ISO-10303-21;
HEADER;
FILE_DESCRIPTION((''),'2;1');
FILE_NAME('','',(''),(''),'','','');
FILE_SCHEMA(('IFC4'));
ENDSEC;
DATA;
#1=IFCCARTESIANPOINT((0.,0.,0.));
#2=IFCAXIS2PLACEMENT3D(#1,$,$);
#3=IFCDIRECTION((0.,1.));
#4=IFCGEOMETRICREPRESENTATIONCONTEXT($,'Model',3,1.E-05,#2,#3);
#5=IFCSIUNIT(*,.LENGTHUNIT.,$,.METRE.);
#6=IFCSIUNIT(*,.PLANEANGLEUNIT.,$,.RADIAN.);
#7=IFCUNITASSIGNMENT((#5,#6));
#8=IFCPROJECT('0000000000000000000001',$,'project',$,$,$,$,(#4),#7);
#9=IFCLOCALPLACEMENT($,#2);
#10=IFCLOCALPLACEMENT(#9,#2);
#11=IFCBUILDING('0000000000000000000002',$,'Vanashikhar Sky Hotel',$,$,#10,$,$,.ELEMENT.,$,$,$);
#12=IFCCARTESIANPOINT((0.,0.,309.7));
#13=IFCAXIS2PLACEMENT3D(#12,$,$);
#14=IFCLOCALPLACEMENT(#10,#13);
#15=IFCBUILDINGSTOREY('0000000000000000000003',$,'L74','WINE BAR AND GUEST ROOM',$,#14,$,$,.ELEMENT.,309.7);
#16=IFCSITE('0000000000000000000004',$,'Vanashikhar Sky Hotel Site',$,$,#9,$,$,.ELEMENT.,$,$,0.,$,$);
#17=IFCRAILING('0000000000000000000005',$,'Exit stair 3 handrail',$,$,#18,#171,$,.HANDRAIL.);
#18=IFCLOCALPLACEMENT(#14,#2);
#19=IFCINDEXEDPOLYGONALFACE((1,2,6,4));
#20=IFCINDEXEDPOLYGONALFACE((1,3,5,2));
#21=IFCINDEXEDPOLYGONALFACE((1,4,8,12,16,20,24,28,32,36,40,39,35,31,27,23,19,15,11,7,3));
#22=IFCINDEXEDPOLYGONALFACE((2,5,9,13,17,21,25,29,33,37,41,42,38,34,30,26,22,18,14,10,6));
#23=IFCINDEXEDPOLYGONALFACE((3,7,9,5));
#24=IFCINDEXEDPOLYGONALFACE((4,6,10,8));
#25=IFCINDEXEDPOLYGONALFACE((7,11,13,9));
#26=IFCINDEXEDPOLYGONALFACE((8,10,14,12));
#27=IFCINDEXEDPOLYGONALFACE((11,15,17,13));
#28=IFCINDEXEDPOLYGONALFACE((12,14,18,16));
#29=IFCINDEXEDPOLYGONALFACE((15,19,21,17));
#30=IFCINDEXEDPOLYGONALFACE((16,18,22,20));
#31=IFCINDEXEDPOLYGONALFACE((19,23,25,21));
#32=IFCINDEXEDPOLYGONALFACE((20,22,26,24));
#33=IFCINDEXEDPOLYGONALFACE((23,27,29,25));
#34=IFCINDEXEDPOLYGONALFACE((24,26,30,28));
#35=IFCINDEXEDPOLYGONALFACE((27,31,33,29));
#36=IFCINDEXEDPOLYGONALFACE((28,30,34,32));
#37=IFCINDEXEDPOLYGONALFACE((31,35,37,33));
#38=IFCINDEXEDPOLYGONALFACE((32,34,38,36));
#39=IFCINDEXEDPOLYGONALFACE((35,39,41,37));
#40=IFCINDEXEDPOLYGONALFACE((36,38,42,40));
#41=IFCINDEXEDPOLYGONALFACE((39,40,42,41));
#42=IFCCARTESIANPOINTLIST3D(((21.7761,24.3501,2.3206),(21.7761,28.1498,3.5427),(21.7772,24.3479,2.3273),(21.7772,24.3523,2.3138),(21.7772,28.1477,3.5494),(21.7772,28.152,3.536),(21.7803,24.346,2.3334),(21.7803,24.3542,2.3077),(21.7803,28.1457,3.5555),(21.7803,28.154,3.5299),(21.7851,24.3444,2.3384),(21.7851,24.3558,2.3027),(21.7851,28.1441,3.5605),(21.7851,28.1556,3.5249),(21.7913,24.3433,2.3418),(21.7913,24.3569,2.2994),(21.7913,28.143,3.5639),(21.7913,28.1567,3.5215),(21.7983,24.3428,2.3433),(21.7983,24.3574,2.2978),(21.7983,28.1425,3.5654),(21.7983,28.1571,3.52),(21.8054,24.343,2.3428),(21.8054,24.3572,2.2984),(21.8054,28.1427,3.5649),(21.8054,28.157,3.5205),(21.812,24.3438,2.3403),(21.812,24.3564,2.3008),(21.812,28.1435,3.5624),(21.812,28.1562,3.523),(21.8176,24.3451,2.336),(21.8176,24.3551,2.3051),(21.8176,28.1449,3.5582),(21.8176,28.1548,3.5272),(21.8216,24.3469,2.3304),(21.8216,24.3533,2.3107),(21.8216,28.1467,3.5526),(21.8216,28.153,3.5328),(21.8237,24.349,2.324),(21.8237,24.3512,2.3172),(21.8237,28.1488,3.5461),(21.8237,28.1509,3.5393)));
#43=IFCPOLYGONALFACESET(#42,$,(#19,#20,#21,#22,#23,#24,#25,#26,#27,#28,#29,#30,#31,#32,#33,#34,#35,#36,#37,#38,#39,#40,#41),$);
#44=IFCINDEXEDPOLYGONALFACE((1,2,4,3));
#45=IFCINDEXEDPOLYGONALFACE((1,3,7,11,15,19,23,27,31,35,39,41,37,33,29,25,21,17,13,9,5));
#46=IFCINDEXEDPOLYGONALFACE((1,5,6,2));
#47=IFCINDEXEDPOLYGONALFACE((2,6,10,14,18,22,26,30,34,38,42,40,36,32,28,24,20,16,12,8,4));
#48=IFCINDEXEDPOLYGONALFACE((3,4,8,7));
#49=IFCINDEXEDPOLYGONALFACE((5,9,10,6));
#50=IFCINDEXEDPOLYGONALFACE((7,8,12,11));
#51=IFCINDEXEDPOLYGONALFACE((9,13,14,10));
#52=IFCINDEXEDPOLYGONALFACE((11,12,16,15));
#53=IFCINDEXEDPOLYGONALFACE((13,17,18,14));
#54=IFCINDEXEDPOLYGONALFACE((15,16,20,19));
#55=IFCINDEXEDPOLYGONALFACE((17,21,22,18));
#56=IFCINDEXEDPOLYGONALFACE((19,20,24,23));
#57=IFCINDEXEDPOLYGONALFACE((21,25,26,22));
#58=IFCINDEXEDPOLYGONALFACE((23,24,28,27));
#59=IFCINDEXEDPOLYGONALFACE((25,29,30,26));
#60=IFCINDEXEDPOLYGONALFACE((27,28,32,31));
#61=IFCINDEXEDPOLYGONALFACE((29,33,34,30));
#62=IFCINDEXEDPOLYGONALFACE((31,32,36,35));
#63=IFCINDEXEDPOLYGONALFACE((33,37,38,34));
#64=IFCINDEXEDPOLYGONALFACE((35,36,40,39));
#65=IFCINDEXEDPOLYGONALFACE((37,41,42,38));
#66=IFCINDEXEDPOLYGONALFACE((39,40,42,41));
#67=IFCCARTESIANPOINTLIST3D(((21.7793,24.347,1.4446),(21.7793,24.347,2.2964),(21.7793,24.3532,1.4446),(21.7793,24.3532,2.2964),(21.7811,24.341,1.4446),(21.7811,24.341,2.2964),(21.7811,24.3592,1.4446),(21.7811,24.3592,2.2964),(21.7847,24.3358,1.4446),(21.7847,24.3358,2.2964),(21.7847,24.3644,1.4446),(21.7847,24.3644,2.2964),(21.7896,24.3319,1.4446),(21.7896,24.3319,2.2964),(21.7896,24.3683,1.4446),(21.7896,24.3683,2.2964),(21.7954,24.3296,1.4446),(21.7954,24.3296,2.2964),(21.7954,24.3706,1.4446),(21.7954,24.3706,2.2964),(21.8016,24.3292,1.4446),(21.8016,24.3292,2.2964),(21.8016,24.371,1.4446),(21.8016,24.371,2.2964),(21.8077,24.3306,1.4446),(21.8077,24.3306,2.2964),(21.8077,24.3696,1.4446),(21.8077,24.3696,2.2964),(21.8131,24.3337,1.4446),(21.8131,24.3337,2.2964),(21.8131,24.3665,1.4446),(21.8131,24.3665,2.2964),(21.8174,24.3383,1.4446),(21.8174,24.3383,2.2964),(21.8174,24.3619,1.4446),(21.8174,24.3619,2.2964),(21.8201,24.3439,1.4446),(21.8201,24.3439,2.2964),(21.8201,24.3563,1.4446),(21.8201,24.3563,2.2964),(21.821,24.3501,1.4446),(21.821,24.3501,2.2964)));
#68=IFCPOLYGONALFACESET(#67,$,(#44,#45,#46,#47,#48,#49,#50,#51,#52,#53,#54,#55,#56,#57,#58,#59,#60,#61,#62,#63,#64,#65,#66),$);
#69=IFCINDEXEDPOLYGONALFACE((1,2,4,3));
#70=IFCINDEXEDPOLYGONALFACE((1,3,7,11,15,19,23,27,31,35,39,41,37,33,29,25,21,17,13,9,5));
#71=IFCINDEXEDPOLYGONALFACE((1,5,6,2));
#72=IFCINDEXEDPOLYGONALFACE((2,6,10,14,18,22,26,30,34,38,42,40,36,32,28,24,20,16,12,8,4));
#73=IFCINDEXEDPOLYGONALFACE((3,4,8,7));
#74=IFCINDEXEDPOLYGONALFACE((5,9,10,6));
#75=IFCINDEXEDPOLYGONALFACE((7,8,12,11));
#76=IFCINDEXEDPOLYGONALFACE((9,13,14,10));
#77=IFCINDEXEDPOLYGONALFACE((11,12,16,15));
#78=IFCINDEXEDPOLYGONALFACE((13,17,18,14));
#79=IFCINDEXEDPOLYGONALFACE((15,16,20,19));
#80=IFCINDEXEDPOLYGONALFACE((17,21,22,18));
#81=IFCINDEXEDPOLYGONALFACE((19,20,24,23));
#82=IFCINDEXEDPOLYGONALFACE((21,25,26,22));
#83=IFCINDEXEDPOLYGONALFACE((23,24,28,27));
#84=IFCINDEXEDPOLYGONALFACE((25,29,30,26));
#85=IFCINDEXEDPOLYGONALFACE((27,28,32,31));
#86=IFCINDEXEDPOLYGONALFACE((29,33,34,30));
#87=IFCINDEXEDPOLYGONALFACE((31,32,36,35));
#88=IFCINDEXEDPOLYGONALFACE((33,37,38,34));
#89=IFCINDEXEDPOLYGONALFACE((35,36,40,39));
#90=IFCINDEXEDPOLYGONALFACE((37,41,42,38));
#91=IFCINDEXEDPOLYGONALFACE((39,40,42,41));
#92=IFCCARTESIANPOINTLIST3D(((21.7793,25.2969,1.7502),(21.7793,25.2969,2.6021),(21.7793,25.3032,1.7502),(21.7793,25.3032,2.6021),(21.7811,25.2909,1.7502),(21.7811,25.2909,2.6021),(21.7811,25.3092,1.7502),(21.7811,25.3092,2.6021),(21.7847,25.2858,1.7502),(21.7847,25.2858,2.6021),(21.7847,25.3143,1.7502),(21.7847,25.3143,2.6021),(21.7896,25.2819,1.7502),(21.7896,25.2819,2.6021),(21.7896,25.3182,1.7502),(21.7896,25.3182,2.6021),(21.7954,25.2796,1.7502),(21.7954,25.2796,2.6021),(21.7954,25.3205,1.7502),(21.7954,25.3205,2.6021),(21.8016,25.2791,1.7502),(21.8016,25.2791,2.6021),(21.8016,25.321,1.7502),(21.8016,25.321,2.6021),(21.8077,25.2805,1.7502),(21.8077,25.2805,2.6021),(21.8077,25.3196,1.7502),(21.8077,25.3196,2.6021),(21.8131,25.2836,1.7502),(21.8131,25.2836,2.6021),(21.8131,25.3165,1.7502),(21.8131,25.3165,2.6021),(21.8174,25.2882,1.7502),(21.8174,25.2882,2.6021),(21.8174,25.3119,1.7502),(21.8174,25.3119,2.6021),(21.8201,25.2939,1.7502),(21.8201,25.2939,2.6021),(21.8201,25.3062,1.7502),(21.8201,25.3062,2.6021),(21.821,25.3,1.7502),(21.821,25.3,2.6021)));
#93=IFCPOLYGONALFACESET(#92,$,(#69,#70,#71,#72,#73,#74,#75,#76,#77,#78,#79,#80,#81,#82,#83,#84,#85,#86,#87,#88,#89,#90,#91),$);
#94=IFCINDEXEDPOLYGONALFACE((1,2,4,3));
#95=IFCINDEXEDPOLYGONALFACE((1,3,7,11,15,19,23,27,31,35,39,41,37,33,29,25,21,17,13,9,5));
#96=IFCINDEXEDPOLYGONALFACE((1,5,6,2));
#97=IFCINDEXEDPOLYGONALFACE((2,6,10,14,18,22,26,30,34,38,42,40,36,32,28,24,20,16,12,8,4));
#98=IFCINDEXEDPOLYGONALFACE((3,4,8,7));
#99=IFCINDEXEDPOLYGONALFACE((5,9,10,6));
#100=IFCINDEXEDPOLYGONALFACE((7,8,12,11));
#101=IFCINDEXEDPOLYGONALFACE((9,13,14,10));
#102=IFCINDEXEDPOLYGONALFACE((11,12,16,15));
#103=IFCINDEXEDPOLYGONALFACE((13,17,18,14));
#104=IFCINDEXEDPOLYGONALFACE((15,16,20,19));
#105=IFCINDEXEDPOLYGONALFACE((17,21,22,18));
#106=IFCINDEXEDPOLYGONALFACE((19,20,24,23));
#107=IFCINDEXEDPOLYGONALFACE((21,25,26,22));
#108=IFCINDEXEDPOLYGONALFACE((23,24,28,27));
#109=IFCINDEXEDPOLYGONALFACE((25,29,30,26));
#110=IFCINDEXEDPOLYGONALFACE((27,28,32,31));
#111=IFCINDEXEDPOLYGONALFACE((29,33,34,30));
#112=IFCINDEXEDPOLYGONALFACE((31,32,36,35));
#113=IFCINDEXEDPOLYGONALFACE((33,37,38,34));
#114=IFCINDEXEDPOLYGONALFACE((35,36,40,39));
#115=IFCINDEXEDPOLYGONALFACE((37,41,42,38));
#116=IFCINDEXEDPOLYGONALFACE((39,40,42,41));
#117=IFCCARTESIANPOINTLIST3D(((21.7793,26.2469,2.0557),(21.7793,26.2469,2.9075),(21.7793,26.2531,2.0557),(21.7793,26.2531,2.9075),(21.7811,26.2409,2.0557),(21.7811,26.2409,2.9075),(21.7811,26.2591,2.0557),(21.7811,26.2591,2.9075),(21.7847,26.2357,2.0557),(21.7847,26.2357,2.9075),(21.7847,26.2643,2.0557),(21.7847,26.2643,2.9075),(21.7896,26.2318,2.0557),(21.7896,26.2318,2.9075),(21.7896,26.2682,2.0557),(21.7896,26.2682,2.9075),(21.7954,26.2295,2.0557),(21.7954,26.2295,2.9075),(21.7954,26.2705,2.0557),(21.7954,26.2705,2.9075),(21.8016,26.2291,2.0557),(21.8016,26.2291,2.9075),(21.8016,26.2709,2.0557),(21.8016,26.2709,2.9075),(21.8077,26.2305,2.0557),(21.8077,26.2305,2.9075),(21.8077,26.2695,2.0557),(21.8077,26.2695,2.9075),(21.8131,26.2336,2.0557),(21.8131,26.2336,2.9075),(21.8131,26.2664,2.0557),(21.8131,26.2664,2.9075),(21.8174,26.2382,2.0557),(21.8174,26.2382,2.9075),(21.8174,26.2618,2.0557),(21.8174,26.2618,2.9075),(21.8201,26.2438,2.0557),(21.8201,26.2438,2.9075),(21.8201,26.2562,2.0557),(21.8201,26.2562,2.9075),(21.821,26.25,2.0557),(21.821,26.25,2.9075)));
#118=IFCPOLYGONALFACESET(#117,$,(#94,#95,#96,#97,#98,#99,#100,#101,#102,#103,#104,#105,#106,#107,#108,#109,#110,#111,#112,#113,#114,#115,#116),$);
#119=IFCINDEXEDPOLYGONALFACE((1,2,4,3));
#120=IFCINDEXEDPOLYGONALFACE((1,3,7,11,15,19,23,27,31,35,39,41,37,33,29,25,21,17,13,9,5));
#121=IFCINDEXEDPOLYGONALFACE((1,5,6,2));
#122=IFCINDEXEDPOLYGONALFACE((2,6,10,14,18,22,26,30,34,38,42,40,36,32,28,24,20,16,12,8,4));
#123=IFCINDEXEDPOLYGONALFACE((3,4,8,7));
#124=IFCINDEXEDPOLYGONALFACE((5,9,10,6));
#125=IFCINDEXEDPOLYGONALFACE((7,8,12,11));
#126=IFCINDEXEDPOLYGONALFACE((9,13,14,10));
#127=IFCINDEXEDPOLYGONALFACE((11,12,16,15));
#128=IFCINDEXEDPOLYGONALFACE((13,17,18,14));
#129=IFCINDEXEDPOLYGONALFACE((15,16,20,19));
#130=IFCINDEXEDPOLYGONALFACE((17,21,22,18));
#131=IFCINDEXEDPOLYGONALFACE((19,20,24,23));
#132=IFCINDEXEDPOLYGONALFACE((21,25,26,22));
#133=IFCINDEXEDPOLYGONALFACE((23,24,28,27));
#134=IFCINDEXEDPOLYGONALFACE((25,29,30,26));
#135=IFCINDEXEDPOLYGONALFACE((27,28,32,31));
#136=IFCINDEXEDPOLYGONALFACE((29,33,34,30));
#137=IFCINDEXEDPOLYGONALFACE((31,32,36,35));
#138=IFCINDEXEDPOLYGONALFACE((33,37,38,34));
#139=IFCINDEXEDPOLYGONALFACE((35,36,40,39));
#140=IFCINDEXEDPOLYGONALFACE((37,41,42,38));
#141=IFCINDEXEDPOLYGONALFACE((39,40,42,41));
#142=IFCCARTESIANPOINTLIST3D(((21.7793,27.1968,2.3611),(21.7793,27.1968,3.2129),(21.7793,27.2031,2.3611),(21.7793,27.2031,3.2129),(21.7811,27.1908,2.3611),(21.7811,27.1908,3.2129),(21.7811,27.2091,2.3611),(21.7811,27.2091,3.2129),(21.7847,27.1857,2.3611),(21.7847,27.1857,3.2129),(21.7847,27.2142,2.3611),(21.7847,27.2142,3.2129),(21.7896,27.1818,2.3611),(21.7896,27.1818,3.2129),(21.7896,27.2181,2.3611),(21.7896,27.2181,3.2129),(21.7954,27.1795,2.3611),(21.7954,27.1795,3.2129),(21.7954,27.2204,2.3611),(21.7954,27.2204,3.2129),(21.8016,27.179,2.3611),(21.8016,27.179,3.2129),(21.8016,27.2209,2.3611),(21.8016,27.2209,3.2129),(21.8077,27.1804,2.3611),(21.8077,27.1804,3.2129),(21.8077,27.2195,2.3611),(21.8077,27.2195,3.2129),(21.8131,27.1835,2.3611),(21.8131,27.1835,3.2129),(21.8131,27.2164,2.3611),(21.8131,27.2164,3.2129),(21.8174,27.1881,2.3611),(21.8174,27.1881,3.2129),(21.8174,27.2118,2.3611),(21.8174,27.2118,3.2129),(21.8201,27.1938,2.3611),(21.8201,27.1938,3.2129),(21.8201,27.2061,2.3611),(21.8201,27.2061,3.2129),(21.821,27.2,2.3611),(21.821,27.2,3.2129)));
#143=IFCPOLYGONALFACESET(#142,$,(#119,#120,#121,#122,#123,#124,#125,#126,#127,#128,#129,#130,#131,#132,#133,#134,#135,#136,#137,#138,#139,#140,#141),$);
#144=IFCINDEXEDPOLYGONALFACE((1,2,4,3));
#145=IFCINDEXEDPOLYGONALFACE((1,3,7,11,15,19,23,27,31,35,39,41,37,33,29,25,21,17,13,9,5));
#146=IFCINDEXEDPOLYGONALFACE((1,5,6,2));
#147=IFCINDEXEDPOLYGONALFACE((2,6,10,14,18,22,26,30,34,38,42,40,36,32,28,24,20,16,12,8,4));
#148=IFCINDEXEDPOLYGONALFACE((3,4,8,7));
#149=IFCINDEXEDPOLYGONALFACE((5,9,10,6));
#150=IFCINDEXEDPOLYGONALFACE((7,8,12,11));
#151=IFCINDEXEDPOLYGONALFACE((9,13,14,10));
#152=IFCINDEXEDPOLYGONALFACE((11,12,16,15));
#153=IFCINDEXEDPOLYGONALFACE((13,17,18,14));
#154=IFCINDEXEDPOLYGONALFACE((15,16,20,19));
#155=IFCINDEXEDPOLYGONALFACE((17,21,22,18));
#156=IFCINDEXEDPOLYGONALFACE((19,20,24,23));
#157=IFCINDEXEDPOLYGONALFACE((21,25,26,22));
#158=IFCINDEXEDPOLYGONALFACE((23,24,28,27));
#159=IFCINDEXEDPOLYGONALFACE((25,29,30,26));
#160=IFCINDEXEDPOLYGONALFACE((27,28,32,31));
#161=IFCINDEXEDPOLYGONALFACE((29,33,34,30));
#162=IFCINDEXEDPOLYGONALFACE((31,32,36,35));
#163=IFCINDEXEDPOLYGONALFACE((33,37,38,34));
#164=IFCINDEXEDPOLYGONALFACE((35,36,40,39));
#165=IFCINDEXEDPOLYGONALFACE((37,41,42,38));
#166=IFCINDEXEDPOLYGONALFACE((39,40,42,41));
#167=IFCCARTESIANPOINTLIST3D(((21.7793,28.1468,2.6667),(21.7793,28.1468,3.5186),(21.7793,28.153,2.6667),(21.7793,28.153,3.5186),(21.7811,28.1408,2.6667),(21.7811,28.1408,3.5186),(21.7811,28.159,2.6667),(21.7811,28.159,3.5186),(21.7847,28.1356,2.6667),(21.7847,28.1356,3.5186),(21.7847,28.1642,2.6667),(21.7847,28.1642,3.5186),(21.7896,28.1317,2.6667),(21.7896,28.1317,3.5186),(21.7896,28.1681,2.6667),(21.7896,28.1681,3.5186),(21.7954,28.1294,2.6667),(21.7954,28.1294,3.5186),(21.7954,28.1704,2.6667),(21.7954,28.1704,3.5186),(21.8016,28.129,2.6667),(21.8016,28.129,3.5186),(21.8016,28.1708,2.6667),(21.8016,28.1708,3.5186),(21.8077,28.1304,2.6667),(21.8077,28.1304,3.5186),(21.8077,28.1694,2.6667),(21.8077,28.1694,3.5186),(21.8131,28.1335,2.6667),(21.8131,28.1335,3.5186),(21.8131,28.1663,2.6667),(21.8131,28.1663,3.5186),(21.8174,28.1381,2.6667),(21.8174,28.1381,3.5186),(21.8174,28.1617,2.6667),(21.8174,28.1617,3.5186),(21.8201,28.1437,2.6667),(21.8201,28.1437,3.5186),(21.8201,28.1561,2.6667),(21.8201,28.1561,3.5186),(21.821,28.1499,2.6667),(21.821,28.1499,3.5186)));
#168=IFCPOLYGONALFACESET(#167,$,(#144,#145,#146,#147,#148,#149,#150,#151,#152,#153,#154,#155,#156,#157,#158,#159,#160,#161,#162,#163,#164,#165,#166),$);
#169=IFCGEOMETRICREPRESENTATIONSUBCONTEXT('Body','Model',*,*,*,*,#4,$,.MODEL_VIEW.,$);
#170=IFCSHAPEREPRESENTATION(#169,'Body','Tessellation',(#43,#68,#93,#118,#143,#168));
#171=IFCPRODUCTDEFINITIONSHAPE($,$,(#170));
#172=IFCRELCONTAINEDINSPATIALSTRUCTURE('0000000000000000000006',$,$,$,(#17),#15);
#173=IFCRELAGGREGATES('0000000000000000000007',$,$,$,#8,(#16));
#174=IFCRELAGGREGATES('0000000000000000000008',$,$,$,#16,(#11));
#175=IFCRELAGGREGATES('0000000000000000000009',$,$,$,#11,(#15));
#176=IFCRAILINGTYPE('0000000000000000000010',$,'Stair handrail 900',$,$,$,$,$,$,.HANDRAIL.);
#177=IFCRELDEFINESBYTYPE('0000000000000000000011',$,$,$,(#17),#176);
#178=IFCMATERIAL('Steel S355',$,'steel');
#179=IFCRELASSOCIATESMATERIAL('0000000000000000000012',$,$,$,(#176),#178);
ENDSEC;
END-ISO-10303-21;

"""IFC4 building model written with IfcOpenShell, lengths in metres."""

from ifc_helpers import new_model, si_unit, direction, frame, origin, origin_2d, place, context, subcontext, project, spatial, circle, extrude, source, transform, mapped, material, type_object, element, save


model = new_model("IFC4")

# Units and contexts
model_context = context("Model", 3, precision=1e-05, world=origin(), true_north=direction((0.0, 1.0)))
body_context = subcontext(model_context, "Body", "Model", "MODEL_VIEW")
ifc_project = project(units=[si_unit("LENGTHUNIT", "METRE"), si_unit("PLANEANGLEUNIT", "RADIAN")], contexts=[model_context])

# Site, building, storey
site_placement = place(None, origin())
site = spatial("IfcSite", under=ifc_project, at=site_placement, Name="Vanashikhar Sky Hotel Site", CompositionType="ELEMENT", RefElevation=0.0)
building_placement = place(site_placement, origin())
building = spatial("IfcBuilding", under=site, at=building_placement, Name="Vanashikhar Sky Hotel", CompositionType="ELEMENT")
storey_placement = place(building_placement, frame((0.0, 0.0, 309.7)))
storey = spatial("IfcBuildingStorey", under=building, at=storey_placement, Name="L74", Description="WINE BAR AND GUEST ROOM", CompositionType="ELEMENT", Elevation=309.7)

# Railing
ifc_material_1 = material(Name="Steel S355", Category="steel")
railing_type = type_object("IfcRailingType", Name="Stair handrail 900", PredefinedType="HANDRAIL", material=ifc_material_1)
shared_shape_1 = source(origin(), body_context, "Body", "SweptSolid", [
    extrude(circle(Radius=0.0239, at=origin_2d()), frame((0.0, 0.0, 0.876), z_axis=(0.0, 0.95197, 0.306191), x_axis=(-1.0, 0.0, 0.0)), (0.0, 0.0, 1.0), 3.9915),
    extrude(circle(Radius=0.021, at=origin_2d()), origin(), (0.0, 0.0, 1.0), 0.8518),
    extrude(circle(Radius=0.021, at=origin_2d()), frame((0.0, 0.95, 0.3057)), (0.0, 0.0, 1.0), 0.8518),
    extrude(circle(Radius=0.021, at=origin_2d()), frame((0.0, 1.8999, 0.6111)), (0.0, 0.0, 1.0), 0.8518),
    extrude(circle(Radius=0.021, at=origin_2d()), frame((0.0, 2.8499, 0.9165)), (0.0, 0.0, 1.0), 0.8518),
    extrude(circle(Radius=0.021, at=origin_2d()), frame((0.0, 3.7998, 1.2222)), (0.0, 0.0, 1.0), 0.8518),
])
railing_1_placement = place(storey_placement, frame((21.8, 24.3501, 1.4446)))
element("IfcRailing", 1, at=railing_1_placement, inside=storey, type_object=railing_type, Name="Exit stair 3 handrail", PredefinedType="HANDRAIL", context=body_context, shape_type="MappedRepresentation", body=[
    mapped(shared_shape_1, transform((0.0, 0.0, 0.0), scale=1.0)),
])

save(model, "model.ifc")
